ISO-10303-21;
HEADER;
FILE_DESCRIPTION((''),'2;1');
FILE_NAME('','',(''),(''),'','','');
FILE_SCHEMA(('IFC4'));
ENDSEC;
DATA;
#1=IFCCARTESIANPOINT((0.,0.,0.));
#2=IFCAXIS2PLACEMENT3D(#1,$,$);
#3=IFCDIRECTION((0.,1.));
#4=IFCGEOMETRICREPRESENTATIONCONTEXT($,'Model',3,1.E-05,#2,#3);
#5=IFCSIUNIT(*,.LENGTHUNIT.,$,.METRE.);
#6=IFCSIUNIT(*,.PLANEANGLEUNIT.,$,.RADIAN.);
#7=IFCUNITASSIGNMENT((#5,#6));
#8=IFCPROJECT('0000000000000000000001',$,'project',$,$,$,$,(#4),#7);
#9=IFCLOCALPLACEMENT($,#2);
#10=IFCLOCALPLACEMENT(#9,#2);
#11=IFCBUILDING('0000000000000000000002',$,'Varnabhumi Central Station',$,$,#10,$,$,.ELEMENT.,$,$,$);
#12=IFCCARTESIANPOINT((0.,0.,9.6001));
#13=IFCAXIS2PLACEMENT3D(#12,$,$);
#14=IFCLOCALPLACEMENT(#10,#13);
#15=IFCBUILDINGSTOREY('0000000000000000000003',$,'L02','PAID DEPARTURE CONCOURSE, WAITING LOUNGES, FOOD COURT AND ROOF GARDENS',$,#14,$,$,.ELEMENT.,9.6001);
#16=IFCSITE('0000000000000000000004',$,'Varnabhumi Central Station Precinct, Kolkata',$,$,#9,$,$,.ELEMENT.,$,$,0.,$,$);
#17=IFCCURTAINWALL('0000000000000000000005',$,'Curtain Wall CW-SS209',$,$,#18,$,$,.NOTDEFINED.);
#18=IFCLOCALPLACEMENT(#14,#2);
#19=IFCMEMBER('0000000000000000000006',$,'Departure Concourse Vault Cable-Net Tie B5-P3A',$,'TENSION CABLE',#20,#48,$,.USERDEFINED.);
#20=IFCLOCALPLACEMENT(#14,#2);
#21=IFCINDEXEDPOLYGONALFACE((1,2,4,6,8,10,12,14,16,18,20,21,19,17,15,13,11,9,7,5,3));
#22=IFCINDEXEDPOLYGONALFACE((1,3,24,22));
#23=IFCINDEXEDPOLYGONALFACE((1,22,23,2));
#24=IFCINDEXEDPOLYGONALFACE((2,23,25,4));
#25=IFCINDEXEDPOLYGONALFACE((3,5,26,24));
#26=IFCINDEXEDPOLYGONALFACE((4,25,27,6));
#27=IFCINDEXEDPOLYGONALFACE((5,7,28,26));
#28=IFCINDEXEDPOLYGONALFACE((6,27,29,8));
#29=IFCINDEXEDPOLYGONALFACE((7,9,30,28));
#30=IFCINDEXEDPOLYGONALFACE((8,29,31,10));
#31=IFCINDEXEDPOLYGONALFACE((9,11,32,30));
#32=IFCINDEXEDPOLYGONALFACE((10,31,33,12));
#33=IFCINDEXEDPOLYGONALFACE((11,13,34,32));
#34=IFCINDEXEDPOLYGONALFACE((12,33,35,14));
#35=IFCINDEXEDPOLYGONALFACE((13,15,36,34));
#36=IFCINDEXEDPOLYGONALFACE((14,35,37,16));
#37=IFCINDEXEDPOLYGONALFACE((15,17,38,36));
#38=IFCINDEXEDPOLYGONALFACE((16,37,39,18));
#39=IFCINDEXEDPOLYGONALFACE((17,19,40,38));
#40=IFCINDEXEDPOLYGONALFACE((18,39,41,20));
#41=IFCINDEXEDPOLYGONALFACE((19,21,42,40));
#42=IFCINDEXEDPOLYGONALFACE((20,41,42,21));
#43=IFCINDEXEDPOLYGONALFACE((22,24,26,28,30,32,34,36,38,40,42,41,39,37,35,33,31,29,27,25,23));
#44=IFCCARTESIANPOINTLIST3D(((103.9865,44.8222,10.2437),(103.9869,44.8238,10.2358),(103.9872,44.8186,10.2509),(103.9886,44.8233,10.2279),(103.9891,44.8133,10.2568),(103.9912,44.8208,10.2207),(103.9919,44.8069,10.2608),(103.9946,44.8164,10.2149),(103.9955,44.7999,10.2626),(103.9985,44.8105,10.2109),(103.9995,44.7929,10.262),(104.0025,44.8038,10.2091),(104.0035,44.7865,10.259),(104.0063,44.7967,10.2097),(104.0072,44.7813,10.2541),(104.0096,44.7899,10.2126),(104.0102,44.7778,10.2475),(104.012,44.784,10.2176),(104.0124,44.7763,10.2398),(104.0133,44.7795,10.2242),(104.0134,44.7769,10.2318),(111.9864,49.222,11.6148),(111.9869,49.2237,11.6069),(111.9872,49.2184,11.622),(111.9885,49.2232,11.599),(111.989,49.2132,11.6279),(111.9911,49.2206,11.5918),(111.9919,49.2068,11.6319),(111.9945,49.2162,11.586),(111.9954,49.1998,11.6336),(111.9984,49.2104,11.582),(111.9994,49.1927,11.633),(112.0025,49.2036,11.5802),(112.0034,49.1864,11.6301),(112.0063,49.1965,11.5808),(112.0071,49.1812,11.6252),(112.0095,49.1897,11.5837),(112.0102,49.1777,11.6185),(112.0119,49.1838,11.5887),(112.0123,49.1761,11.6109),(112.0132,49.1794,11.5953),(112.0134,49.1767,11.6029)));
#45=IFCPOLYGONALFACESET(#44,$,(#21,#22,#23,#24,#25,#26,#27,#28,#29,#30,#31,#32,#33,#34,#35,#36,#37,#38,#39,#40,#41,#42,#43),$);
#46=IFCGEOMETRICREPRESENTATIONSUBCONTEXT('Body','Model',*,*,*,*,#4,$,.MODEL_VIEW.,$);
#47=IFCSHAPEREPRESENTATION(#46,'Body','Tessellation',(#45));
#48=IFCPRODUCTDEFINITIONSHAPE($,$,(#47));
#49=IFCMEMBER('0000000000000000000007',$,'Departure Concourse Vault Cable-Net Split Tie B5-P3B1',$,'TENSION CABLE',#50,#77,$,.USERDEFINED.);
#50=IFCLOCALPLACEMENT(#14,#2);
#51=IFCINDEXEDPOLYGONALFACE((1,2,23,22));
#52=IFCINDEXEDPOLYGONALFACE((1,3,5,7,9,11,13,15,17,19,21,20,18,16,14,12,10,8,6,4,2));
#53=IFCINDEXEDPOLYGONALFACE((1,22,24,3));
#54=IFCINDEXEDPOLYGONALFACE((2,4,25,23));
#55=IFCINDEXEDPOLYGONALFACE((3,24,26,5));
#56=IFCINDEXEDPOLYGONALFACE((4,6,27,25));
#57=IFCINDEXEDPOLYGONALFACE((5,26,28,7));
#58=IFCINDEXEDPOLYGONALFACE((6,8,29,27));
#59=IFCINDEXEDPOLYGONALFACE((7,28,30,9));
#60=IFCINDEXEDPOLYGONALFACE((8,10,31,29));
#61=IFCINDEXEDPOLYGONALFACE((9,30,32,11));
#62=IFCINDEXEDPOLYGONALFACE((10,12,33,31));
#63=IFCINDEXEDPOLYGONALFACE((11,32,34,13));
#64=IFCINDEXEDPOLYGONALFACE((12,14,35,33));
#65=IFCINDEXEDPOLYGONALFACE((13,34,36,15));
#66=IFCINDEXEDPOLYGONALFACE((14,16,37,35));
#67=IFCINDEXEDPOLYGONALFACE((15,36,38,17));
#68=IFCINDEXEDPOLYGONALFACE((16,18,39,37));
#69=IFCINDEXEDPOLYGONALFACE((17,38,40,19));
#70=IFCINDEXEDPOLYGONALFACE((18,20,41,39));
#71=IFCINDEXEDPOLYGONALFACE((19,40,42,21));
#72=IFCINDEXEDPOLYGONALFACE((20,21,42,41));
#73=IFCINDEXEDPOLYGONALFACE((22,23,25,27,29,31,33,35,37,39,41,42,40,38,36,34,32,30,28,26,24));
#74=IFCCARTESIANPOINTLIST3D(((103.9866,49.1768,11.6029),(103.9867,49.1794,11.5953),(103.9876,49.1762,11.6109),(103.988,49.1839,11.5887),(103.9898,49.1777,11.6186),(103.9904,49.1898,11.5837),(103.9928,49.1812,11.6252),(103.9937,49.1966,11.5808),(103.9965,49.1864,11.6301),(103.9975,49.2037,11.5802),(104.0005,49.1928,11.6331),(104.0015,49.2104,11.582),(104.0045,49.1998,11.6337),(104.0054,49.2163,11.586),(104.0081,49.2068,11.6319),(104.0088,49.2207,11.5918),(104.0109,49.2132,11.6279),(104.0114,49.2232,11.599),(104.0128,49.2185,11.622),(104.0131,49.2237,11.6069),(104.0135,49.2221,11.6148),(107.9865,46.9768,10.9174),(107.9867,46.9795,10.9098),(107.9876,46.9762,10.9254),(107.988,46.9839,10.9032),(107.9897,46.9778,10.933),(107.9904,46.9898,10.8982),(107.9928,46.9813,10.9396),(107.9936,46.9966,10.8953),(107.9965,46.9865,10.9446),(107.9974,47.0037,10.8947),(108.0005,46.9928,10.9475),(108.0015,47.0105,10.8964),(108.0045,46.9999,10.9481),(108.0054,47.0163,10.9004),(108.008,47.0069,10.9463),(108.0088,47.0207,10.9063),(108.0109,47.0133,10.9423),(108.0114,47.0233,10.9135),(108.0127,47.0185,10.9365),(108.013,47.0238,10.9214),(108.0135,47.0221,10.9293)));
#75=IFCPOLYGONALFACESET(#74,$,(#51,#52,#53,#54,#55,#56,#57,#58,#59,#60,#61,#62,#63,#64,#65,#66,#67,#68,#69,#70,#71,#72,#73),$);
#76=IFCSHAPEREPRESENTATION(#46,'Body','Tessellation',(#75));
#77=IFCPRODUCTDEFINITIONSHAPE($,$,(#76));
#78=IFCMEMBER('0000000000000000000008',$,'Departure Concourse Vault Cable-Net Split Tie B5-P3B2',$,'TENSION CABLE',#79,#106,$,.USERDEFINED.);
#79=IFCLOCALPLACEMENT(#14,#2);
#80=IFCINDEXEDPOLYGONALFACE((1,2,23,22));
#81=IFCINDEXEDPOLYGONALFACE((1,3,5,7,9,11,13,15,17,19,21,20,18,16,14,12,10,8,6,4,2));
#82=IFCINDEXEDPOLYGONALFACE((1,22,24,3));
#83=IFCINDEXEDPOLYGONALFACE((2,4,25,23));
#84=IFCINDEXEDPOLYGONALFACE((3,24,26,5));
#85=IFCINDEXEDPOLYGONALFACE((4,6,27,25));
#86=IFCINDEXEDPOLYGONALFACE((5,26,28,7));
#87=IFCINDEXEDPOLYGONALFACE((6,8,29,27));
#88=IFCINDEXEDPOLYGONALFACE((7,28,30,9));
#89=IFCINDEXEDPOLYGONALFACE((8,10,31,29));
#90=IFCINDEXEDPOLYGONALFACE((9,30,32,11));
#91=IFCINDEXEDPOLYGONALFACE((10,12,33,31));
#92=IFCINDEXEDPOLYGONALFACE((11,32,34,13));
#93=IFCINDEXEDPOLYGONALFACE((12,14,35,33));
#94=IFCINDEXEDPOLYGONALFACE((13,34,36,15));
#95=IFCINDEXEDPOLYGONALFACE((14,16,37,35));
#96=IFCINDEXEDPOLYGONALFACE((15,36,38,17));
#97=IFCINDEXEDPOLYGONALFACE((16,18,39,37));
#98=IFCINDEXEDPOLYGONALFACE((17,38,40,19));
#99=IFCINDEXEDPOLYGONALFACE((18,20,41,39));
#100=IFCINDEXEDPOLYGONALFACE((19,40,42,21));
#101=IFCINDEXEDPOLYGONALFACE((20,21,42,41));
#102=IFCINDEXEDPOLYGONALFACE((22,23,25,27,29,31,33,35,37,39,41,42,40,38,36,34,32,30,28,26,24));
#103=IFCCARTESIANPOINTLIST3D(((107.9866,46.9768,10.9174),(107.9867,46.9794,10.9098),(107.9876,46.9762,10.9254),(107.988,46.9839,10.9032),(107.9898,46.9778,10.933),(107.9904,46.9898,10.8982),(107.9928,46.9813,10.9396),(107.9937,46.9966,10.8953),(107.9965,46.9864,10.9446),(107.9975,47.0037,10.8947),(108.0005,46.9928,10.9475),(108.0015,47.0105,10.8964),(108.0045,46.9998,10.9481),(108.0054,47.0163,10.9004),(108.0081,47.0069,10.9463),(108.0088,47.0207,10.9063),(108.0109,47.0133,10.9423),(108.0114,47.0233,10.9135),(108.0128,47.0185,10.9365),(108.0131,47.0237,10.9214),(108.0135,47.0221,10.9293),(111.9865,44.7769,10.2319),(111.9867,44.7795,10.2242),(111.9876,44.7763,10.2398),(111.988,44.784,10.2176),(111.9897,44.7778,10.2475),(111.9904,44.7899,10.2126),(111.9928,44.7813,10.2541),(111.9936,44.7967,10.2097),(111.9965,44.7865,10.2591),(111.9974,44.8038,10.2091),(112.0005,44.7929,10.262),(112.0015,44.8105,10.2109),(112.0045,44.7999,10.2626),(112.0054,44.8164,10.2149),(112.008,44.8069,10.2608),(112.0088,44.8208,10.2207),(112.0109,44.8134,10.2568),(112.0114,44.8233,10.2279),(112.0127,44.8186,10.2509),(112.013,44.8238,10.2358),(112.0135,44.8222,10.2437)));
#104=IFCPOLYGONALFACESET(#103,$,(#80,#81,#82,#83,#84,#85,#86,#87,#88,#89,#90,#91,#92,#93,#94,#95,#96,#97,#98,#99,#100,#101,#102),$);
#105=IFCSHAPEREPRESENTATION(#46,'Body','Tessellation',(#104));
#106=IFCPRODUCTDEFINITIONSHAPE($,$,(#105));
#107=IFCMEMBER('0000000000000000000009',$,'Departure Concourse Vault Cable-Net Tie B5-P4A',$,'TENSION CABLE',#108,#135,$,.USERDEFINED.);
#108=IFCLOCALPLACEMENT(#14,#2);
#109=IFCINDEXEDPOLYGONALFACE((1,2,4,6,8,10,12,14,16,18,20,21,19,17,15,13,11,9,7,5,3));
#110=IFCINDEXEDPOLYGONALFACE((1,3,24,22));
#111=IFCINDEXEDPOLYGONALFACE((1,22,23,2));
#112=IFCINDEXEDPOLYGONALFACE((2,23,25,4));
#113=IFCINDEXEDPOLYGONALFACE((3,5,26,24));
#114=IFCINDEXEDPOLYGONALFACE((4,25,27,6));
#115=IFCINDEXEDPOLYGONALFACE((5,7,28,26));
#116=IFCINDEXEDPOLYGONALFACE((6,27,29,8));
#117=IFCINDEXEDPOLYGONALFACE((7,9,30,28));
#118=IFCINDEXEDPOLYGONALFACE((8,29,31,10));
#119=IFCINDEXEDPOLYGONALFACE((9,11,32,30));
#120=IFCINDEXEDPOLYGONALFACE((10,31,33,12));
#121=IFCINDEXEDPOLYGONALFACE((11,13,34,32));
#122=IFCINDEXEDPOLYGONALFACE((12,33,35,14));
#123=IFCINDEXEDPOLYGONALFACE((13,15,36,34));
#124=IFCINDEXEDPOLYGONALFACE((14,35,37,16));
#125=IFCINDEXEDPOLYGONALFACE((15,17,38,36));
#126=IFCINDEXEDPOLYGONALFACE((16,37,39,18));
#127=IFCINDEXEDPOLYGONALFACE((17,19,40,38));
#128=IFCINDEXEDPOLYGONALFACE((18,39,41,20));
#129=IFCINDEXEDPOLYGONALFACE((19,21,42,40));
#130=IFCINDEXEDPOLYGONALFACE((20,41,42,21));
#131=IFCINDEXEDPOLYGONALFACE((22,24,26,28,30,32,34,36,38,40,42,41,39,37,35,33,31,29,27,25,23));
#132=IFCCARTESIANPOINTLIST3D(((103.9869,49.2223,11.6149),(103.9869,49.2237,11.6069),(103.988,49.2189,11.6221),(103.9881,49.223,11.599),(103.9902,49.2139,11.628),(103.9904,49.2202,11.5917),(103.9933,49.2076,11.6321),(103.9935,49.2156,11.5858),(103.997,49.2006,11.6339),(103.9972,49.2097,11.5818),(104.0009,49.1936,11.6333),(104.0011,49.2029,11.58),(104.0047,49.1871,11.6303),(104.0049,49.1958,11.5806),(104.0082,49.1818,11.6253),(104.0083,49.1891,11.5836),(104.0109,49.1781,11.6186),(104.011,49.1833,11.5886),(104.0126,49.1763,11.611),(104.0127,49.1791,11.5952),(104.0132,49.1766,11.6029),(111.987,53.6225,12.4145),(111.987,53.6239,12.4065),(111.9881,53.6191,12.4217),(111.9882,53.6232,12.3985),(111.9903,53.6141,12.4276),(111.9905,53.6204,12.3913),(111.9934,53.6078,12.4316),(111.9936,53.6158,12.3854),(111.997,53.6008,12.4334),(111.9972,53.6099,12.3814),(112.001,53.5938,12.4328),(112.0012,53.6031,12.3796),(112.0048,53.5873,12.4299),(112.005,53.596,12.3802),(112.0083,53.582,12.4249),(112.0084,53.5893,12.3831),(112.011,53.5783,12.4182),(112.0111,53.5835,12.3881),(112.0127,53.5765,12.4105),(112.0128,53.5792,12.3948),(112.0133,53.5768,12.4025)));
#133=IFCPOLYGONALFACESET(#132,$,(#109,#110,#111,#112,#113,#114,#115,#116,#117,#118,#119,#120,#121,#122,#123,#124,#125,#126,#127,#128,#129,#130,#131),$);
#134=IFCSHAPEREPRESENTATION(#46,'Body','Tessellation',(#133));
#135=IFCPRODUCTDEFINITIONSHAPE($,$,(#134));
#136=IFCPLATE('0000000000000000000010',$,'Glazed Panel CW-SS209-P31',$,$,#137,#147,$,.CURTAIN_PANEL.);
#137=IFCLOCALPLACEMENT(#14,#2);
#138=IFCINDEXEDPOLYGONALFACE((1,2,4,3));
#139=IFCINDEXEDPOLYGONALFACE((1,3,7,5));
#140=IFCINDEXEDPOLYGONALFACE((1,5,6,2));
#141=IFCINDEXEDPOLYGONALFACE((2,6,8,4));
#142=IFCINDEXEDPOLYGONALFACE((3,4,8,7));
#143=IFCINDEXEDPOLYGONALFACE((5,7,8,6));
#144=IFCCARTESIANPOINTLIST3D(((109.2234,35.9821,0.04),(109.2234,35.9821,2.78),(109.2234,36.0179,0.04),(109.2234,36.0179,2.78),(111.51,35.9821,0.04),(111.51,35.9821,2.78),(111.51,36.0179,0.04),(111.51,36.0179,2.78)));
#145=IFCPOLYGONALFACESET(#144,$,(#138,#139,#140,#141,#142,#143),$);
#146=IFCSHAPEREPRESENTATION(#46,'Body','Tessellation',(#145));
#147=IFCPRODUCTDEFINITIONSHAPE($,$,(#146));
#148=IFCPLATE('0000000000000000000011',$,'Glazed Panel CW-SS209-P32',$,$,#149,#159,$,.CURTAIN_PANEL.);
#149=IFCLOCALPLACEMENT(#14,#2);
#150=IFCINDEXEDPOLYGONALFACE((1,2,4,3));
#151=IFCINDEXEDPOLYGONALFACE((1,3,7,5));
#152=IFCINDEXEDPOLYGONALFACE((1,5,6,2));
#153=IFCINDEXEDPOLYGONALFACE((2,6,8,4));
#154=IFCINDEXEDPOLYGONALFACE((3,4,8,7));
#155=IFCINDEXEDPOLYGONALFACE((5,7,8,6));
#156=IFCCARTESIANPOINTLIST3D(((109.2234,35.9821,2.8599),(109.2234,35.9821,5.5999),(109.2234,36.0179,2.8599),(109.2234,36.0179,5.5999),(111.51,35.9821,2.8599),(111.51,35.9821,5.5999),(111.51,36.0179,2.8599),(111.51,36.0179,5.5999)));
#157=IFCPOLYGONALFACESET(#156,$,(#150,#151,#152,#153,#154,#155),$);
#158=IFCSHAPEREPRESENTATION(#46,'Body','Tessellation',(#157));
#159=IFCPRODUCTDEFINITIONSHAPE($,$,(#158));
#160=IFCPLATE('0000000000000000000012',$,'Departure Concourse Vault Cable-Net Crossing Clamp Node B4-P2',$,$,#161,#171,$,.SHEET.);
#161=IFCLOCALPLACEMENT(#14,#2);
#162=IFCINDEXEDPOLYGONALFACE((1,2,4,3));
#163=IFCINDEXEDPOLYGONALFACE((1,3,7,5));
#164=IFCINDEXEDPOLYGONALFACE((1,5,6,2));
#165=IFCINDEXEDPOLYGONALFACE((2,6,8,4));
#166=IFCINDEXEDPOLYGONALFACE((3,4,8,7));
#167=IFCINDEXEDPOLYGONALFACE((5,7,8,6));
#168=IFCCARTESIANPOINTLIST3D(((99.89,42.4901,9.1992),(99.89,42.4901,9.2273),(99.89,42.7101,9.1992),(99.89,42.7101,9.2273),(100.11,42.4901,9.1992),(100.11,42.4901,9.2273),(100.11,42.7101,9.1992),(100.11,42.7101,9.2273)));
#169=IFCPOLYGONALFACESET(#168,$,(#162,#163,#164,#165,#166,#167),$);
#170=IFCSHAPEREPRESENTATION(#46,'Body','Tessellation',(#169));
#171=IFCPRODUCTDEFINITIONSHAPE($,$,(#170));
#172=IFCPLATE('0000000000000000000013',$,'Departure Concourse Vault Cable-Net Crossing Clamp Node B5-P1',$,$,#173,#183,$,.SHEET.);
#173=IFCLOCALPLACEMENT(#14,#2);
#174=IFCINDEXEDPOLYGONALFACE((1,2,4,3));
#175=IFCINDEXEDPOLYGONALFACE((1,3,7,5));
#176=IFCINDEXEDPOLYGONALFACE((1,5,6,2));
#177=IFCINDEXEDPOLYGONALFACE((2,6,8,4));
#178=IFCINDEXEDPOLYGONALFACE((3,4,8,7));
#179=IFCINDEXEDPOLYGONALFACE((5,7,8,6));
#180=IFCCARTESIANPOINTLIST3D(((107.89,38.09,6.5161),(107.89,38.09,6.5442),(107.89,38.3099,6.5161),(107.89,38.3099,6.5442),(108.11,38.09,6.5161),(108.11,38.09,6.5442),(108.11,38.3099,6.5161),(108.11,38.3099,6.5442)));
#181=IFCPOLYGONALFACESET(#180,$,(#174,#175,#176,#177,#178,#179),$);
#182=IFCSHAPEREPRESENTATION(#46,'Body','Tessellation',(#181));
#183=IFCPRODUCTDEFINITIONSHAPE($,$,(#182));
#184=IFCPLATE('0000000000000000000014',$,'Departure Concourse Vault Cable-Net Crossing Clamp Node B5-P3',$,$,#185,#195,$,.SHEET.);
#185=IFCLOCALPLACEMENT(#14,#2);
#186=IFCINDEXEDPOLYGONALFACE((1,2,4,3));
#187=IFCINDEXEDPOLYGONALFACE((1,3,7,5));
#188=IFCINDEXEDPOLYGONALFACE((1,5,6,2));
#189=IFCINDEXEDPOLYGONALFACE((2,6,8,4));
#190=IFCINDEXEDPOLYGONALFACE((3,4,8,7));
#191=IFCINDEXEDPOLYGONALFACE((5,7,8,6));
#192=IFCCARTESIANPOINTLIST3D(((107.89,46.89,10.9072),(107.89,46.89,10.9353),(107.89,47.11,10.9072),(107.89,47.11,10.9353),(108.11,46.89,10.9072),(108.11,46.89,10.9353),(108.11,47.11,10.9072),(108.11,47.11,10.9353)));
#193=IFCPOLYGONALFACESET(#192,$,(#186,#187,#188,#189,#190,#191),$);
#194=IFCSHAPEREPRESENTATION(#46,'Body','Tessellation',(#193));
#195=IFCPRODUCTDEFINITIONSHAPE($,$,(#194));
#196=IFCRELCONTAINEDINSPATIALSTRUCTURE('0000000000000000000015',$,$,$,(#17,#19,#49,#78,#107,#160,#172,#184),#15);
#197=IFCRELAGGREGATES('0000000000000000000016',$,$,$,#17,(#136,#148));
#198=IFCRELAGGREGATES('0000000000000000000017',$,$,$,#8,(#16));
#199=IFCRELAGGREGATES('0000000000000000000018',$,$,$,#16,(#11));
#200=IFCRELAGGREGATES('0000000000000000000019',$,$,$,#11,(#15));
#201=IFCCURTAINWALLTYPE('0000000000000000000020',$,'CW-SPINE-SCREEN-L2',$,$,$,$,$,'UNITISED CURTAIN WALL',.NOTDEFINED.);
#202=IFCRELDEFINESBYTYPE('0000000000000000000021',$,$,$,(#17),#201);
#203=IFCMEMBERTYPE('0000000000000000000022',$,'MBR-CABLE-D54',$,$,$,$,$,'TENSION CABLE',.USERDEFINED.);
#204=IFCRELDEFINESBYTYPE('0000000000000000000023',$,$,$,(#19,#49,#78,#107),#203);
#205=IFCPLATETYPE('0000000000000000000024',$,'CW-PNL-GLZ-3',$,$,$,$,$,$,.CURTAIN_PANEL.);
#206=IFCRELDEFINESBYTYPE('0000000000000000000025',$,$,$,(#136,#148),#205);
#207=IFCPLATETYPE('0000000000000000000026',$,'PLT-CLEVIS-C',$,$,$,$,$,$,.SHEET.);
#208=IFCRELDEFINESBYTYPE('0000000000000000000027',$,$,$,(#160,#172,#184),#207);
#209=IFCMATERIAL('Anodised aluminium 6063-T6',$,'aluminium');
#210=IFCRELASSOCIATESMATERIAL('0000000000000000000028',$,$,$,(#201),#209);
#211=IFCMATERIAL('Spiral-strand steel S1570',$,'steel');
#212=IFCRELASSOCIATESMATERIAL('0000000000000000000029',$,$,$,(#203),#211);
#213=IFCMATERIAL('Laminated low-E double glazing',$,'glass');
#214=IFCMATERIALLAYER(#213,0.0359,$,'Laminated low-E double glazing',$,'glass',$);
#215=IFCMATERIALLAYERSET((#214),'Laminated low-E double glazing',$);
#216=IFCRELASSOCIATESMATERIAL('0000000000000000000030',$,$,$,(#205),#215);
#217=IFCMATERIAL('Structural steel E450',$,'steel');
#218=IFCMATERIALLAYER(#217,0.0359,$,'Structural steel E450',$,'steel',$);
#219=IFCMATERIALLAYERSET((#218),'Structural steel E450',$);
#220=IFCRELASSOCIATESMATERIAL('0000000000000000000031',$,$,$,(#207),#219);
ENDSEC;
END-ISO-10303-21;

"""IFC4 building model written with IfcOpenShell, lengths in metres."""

from ifc_helpers import new_model, si_unit, direction, frame, origin, origin_2d, place, context, subcontext, project, spatial, rectangle, circle, extrude, material, layer, layer_set, material_profile, profile_set, type_object, element, aggregate, save


model = new_model("IFC4")

# Units and contexts
model_context = context("Model", 3, precision=1e-05, world=origin(), true_north=direction((0.0, 1.0)))
body_context = subcontext(model_context, "Body", "Model", "MODEL_VIEW")
ifc_project = project(units=[si_unit("LENGTHUNIT", "METRE"), si_unit("PLANEANGLEUNIT", "RADIAN")], contexts=[model_context])

# Site, building, storey
site_placement = place(None, origin())
site = spatial("IfcSite", under=ifc_project, at=site_placement, Name="Varnabhumi Central Station Precinct, Kolkata", CompositionType="ELEMENT", RefElevation=0.0)
building_placement = place(site_placement, origin())
building = spatial("IfcBuilding", under=site, at=building_placement, Name="Varnabhumi Central Station", CompositionType="ELEMENT")
storey_placement = place(building_placement, frame((0.0, 0.0, 9.6001)))
storey = spatial("IfcBuildingStorey", under=building, at=storey_placement, Name="L02", Description="PAID DEPARTURE CONCOURSE, WAITING LOUNGES, FOOD COURT AND ROOF GARDENS", CompositionType="ELEMENT", Elevation=9.6001)

# Curtain wall
ifc_material_1 = material(Name="Anodised aluminium 6063-T6", Category="aluminium")
curtain_wall_type = type_object("IfcCurtainWallType", Name="CW-SPINE-SCREEN-L2", ElementType="UNITISED CURTAIN WALL", PredefinedType="NOTDEFINED", material=ifc_material_1)
curtain_wall_placement = place(storey_placement, origin())
curtain_wall = element("IfcCurtainWall", 1, at=curtain_wall_placement, inside=storey, type_object=curtain_wall_type, Name="Curtain Wall CW-SS209", PredefinedType="NOTDEFINED")

# Members
ifc_material_2 = material(Name="Spiral-strand steel S1570", Category="steel")
ifc_material_profile_1 = material_profile(ifc_material_2, circle(Radius=0.0271, at=origin_2d()), Name="Spiral-strand steel S1570", Category="steel")
ifc_profile_set_1 = profile_set([ifc_material_profile_1], Name="Spiral-strand steel S1570")
member_type_1 = type_object("IfcMemberType", Name="MBR-CABLE-D54", ElementType="TENSION CABLE", PredefinedType="USERDEFINED", material=ifc_profile_set_1)
member_1_placement = place(storey_placement, frame((104.0, 44.8, 10.2358), z_axis=(0.866504, 0.476567, 0.148507), x_axis=(-0.481911, 0.87622, 0.0)))
element("IfcMember", 2, at=member_1_placement, inside=storey, type_object=member_type_1, Name="Departure Concourse Vault Cable-Net Tie B5-P3A", ObjectType="TENSION CABLE", PredefinedType="USERDEFINED", context=body_context, shape_type="SweptSolid", body=[
    extrude(circle(Radius=0.0271, at=origin_2d()), origin(), (0.0, 0.0, 1.0), 9.2324),
])
for number, where, z_axis, x_axis, name in (
    (3, (104.0, 49.2, 11.6069), (0.866504, -0.476567, -0.148507), (0.481911, 0.87622, 0.0), "Departure Concourse Vault Cable-Net Split Tie B5-P3B1"),
    (4, (108.0, 47.0, 10.9214), (0.866504, -0.476567, -0.148507), (0.481911, 0.87622, 0.0), "Departure Concourse Vault Cable-Net Split Tie B5-P3B2"),
):
    element("IfcMember", number, at=place(storey_placement, frame(where, z_axis=z_axis, x_axis=x_axis)), inside=storey, type_object=member_type_1, Name=name, ObjectType="TENSION CABLE", PredefinedType="USERDEFINED", context=body_context, shape_type="SweptSolid", body=[
        extrude(circle(Radius=0.0271, at=origin_2d()), origin(), (0.0, 0.0, 1.0), 4.6162),
    ])
member_2_placement = place(storey_placement, frame((104.0, 49.2, 11.6069), z_axis=(0.872869, 0.480094, 0.087239), x_axis=(-0.481931, 0.876209, 0.0)))
element("IfcMember", 5, at=member_2_placement, inside=storey, type_object=member_type_1, Name="Departure Concourse Vault Cable-Net Tie B5-P4A", ObjectType="TENSION CABLE", PredefinedType="USERDEFINED", context=body_context, shape_type="SweptSolid", body=[
    extrude(circle(Radius=0.0271, at=origin_2d()), origin(), (0.0, 0.0, 1.0), 9.1653),
])

# Plates
ifc_material_3 = material(Name="Laminated low-E double glazing", Category="glass")
ifc_layer_1 = layer(ifc_material_3, 0.0359, Name="Laminated low-E double glazing", Category="glass")
ifc_layer_set_1 = layer_set([ifc_layer_1], Name="Laminated low-E double glazing")
plate_type_1 = type_object("IfcPlateType", Name="CW-PNL-GLZ-3", PredefinedType="CURTAIN_PANEL", material=ifc_layer_set_1)
plate_1_placement = place(storey_placement, frame((110.3667, 36.0, 0.04), z_axis=(0.0, 0.0, 1.0), x_axis=(1.0, 0.0, 0.0)))
plate_1 = element("IfcPlate", 6, at=plate_1_placement, type_object=plate_type_1, Name="Glazed Panel CW-SS209-P31", PredefinedType="CURTAIN_PANEL", context=body_context, shape_type="SweptSolid", body=[
    extrude(rectangle(XDim=2.2866, YDim=0.0359, at=origin_2d()), origin(), (0.0, 0.0, 1.0), 2.74),
])
plate_2_placement = place(storey_placement, frame((110.3667, 36.0, 2.8599), z_axis=(0.0, 0.0, 1.0), x_axis=(1.0, 0.0, 0.0)))
plate_2 = element("IfcPlate", 7, at=plate_2_placement, type_object=plate_type_1, Name="Glazed Panel CW-SS209-P32", PredefinedType="CURTAIN_PANEL", context=body_context, shape_type="SweptSolid", body=[
    extrude(rectangle(XDim=2.2866, YDim=0.0359, at=origin_2d()), origin(), (0.0, 0.0, 1.0), 2.74),
])
aggregate(curtain_wall, [plate_1, plate_2])

# Plates
ifc_material_4 = material(Name="Structural steel E450", Category="steel")
ifc_layer_2 = layer(ifc_material_4, 0.0359, Name="Structural steel E450", Category="steel")
ifc_layer_set_2 = layer_set([ifc_layer_2], Name="Structural steel E450")
plate_type_2 = type_object("IfcPlateType", Name="PLT-CLEVIS-C", PredefinedType="SHEET", material=ifc_layer_set_2)
for number, where, z_axis, x_axis, name in (
    (8, (100.0, 42.6001, 9.1992), (0.0, 0.0, 1.0), (1.0, 0.0, 0.0), "Departure Concourse Vault Cable-Net Crossing Clamp Node B4-P2"),
    (9, (108.0, 38.2, 6.5161), (0.0, 0.0, 1.0), (1.0, 0.0, 0.0), "Departure Concourse Vault Cable-Net Crossing Clamp Node B5-P1"),
    (10, (108.0, 47.0, 10.9072), (0.0, 0.0, 1.0), (1.0, 0.0, 0.0), "Departure Concourse Vault Cable-Net Crossing Clamp Node B5-P3"),
):
    element("IfcPlate", number, at=place(storey_placement, frame(where, z_axis=z_axis, x_axis=x_axis)), inside=storey, type_object=plate_type_2, Name=name, PredefinedType="SHEET", context=body_context, shape_type="SweptSolid", body=[
        extrude(rectangle(XDim=0.22, YDim=0.22, at=origin_2d()), origin(), (0.0, 0.0, 1.0), 0.0281),
    ])

save(model, "model.ifc")
